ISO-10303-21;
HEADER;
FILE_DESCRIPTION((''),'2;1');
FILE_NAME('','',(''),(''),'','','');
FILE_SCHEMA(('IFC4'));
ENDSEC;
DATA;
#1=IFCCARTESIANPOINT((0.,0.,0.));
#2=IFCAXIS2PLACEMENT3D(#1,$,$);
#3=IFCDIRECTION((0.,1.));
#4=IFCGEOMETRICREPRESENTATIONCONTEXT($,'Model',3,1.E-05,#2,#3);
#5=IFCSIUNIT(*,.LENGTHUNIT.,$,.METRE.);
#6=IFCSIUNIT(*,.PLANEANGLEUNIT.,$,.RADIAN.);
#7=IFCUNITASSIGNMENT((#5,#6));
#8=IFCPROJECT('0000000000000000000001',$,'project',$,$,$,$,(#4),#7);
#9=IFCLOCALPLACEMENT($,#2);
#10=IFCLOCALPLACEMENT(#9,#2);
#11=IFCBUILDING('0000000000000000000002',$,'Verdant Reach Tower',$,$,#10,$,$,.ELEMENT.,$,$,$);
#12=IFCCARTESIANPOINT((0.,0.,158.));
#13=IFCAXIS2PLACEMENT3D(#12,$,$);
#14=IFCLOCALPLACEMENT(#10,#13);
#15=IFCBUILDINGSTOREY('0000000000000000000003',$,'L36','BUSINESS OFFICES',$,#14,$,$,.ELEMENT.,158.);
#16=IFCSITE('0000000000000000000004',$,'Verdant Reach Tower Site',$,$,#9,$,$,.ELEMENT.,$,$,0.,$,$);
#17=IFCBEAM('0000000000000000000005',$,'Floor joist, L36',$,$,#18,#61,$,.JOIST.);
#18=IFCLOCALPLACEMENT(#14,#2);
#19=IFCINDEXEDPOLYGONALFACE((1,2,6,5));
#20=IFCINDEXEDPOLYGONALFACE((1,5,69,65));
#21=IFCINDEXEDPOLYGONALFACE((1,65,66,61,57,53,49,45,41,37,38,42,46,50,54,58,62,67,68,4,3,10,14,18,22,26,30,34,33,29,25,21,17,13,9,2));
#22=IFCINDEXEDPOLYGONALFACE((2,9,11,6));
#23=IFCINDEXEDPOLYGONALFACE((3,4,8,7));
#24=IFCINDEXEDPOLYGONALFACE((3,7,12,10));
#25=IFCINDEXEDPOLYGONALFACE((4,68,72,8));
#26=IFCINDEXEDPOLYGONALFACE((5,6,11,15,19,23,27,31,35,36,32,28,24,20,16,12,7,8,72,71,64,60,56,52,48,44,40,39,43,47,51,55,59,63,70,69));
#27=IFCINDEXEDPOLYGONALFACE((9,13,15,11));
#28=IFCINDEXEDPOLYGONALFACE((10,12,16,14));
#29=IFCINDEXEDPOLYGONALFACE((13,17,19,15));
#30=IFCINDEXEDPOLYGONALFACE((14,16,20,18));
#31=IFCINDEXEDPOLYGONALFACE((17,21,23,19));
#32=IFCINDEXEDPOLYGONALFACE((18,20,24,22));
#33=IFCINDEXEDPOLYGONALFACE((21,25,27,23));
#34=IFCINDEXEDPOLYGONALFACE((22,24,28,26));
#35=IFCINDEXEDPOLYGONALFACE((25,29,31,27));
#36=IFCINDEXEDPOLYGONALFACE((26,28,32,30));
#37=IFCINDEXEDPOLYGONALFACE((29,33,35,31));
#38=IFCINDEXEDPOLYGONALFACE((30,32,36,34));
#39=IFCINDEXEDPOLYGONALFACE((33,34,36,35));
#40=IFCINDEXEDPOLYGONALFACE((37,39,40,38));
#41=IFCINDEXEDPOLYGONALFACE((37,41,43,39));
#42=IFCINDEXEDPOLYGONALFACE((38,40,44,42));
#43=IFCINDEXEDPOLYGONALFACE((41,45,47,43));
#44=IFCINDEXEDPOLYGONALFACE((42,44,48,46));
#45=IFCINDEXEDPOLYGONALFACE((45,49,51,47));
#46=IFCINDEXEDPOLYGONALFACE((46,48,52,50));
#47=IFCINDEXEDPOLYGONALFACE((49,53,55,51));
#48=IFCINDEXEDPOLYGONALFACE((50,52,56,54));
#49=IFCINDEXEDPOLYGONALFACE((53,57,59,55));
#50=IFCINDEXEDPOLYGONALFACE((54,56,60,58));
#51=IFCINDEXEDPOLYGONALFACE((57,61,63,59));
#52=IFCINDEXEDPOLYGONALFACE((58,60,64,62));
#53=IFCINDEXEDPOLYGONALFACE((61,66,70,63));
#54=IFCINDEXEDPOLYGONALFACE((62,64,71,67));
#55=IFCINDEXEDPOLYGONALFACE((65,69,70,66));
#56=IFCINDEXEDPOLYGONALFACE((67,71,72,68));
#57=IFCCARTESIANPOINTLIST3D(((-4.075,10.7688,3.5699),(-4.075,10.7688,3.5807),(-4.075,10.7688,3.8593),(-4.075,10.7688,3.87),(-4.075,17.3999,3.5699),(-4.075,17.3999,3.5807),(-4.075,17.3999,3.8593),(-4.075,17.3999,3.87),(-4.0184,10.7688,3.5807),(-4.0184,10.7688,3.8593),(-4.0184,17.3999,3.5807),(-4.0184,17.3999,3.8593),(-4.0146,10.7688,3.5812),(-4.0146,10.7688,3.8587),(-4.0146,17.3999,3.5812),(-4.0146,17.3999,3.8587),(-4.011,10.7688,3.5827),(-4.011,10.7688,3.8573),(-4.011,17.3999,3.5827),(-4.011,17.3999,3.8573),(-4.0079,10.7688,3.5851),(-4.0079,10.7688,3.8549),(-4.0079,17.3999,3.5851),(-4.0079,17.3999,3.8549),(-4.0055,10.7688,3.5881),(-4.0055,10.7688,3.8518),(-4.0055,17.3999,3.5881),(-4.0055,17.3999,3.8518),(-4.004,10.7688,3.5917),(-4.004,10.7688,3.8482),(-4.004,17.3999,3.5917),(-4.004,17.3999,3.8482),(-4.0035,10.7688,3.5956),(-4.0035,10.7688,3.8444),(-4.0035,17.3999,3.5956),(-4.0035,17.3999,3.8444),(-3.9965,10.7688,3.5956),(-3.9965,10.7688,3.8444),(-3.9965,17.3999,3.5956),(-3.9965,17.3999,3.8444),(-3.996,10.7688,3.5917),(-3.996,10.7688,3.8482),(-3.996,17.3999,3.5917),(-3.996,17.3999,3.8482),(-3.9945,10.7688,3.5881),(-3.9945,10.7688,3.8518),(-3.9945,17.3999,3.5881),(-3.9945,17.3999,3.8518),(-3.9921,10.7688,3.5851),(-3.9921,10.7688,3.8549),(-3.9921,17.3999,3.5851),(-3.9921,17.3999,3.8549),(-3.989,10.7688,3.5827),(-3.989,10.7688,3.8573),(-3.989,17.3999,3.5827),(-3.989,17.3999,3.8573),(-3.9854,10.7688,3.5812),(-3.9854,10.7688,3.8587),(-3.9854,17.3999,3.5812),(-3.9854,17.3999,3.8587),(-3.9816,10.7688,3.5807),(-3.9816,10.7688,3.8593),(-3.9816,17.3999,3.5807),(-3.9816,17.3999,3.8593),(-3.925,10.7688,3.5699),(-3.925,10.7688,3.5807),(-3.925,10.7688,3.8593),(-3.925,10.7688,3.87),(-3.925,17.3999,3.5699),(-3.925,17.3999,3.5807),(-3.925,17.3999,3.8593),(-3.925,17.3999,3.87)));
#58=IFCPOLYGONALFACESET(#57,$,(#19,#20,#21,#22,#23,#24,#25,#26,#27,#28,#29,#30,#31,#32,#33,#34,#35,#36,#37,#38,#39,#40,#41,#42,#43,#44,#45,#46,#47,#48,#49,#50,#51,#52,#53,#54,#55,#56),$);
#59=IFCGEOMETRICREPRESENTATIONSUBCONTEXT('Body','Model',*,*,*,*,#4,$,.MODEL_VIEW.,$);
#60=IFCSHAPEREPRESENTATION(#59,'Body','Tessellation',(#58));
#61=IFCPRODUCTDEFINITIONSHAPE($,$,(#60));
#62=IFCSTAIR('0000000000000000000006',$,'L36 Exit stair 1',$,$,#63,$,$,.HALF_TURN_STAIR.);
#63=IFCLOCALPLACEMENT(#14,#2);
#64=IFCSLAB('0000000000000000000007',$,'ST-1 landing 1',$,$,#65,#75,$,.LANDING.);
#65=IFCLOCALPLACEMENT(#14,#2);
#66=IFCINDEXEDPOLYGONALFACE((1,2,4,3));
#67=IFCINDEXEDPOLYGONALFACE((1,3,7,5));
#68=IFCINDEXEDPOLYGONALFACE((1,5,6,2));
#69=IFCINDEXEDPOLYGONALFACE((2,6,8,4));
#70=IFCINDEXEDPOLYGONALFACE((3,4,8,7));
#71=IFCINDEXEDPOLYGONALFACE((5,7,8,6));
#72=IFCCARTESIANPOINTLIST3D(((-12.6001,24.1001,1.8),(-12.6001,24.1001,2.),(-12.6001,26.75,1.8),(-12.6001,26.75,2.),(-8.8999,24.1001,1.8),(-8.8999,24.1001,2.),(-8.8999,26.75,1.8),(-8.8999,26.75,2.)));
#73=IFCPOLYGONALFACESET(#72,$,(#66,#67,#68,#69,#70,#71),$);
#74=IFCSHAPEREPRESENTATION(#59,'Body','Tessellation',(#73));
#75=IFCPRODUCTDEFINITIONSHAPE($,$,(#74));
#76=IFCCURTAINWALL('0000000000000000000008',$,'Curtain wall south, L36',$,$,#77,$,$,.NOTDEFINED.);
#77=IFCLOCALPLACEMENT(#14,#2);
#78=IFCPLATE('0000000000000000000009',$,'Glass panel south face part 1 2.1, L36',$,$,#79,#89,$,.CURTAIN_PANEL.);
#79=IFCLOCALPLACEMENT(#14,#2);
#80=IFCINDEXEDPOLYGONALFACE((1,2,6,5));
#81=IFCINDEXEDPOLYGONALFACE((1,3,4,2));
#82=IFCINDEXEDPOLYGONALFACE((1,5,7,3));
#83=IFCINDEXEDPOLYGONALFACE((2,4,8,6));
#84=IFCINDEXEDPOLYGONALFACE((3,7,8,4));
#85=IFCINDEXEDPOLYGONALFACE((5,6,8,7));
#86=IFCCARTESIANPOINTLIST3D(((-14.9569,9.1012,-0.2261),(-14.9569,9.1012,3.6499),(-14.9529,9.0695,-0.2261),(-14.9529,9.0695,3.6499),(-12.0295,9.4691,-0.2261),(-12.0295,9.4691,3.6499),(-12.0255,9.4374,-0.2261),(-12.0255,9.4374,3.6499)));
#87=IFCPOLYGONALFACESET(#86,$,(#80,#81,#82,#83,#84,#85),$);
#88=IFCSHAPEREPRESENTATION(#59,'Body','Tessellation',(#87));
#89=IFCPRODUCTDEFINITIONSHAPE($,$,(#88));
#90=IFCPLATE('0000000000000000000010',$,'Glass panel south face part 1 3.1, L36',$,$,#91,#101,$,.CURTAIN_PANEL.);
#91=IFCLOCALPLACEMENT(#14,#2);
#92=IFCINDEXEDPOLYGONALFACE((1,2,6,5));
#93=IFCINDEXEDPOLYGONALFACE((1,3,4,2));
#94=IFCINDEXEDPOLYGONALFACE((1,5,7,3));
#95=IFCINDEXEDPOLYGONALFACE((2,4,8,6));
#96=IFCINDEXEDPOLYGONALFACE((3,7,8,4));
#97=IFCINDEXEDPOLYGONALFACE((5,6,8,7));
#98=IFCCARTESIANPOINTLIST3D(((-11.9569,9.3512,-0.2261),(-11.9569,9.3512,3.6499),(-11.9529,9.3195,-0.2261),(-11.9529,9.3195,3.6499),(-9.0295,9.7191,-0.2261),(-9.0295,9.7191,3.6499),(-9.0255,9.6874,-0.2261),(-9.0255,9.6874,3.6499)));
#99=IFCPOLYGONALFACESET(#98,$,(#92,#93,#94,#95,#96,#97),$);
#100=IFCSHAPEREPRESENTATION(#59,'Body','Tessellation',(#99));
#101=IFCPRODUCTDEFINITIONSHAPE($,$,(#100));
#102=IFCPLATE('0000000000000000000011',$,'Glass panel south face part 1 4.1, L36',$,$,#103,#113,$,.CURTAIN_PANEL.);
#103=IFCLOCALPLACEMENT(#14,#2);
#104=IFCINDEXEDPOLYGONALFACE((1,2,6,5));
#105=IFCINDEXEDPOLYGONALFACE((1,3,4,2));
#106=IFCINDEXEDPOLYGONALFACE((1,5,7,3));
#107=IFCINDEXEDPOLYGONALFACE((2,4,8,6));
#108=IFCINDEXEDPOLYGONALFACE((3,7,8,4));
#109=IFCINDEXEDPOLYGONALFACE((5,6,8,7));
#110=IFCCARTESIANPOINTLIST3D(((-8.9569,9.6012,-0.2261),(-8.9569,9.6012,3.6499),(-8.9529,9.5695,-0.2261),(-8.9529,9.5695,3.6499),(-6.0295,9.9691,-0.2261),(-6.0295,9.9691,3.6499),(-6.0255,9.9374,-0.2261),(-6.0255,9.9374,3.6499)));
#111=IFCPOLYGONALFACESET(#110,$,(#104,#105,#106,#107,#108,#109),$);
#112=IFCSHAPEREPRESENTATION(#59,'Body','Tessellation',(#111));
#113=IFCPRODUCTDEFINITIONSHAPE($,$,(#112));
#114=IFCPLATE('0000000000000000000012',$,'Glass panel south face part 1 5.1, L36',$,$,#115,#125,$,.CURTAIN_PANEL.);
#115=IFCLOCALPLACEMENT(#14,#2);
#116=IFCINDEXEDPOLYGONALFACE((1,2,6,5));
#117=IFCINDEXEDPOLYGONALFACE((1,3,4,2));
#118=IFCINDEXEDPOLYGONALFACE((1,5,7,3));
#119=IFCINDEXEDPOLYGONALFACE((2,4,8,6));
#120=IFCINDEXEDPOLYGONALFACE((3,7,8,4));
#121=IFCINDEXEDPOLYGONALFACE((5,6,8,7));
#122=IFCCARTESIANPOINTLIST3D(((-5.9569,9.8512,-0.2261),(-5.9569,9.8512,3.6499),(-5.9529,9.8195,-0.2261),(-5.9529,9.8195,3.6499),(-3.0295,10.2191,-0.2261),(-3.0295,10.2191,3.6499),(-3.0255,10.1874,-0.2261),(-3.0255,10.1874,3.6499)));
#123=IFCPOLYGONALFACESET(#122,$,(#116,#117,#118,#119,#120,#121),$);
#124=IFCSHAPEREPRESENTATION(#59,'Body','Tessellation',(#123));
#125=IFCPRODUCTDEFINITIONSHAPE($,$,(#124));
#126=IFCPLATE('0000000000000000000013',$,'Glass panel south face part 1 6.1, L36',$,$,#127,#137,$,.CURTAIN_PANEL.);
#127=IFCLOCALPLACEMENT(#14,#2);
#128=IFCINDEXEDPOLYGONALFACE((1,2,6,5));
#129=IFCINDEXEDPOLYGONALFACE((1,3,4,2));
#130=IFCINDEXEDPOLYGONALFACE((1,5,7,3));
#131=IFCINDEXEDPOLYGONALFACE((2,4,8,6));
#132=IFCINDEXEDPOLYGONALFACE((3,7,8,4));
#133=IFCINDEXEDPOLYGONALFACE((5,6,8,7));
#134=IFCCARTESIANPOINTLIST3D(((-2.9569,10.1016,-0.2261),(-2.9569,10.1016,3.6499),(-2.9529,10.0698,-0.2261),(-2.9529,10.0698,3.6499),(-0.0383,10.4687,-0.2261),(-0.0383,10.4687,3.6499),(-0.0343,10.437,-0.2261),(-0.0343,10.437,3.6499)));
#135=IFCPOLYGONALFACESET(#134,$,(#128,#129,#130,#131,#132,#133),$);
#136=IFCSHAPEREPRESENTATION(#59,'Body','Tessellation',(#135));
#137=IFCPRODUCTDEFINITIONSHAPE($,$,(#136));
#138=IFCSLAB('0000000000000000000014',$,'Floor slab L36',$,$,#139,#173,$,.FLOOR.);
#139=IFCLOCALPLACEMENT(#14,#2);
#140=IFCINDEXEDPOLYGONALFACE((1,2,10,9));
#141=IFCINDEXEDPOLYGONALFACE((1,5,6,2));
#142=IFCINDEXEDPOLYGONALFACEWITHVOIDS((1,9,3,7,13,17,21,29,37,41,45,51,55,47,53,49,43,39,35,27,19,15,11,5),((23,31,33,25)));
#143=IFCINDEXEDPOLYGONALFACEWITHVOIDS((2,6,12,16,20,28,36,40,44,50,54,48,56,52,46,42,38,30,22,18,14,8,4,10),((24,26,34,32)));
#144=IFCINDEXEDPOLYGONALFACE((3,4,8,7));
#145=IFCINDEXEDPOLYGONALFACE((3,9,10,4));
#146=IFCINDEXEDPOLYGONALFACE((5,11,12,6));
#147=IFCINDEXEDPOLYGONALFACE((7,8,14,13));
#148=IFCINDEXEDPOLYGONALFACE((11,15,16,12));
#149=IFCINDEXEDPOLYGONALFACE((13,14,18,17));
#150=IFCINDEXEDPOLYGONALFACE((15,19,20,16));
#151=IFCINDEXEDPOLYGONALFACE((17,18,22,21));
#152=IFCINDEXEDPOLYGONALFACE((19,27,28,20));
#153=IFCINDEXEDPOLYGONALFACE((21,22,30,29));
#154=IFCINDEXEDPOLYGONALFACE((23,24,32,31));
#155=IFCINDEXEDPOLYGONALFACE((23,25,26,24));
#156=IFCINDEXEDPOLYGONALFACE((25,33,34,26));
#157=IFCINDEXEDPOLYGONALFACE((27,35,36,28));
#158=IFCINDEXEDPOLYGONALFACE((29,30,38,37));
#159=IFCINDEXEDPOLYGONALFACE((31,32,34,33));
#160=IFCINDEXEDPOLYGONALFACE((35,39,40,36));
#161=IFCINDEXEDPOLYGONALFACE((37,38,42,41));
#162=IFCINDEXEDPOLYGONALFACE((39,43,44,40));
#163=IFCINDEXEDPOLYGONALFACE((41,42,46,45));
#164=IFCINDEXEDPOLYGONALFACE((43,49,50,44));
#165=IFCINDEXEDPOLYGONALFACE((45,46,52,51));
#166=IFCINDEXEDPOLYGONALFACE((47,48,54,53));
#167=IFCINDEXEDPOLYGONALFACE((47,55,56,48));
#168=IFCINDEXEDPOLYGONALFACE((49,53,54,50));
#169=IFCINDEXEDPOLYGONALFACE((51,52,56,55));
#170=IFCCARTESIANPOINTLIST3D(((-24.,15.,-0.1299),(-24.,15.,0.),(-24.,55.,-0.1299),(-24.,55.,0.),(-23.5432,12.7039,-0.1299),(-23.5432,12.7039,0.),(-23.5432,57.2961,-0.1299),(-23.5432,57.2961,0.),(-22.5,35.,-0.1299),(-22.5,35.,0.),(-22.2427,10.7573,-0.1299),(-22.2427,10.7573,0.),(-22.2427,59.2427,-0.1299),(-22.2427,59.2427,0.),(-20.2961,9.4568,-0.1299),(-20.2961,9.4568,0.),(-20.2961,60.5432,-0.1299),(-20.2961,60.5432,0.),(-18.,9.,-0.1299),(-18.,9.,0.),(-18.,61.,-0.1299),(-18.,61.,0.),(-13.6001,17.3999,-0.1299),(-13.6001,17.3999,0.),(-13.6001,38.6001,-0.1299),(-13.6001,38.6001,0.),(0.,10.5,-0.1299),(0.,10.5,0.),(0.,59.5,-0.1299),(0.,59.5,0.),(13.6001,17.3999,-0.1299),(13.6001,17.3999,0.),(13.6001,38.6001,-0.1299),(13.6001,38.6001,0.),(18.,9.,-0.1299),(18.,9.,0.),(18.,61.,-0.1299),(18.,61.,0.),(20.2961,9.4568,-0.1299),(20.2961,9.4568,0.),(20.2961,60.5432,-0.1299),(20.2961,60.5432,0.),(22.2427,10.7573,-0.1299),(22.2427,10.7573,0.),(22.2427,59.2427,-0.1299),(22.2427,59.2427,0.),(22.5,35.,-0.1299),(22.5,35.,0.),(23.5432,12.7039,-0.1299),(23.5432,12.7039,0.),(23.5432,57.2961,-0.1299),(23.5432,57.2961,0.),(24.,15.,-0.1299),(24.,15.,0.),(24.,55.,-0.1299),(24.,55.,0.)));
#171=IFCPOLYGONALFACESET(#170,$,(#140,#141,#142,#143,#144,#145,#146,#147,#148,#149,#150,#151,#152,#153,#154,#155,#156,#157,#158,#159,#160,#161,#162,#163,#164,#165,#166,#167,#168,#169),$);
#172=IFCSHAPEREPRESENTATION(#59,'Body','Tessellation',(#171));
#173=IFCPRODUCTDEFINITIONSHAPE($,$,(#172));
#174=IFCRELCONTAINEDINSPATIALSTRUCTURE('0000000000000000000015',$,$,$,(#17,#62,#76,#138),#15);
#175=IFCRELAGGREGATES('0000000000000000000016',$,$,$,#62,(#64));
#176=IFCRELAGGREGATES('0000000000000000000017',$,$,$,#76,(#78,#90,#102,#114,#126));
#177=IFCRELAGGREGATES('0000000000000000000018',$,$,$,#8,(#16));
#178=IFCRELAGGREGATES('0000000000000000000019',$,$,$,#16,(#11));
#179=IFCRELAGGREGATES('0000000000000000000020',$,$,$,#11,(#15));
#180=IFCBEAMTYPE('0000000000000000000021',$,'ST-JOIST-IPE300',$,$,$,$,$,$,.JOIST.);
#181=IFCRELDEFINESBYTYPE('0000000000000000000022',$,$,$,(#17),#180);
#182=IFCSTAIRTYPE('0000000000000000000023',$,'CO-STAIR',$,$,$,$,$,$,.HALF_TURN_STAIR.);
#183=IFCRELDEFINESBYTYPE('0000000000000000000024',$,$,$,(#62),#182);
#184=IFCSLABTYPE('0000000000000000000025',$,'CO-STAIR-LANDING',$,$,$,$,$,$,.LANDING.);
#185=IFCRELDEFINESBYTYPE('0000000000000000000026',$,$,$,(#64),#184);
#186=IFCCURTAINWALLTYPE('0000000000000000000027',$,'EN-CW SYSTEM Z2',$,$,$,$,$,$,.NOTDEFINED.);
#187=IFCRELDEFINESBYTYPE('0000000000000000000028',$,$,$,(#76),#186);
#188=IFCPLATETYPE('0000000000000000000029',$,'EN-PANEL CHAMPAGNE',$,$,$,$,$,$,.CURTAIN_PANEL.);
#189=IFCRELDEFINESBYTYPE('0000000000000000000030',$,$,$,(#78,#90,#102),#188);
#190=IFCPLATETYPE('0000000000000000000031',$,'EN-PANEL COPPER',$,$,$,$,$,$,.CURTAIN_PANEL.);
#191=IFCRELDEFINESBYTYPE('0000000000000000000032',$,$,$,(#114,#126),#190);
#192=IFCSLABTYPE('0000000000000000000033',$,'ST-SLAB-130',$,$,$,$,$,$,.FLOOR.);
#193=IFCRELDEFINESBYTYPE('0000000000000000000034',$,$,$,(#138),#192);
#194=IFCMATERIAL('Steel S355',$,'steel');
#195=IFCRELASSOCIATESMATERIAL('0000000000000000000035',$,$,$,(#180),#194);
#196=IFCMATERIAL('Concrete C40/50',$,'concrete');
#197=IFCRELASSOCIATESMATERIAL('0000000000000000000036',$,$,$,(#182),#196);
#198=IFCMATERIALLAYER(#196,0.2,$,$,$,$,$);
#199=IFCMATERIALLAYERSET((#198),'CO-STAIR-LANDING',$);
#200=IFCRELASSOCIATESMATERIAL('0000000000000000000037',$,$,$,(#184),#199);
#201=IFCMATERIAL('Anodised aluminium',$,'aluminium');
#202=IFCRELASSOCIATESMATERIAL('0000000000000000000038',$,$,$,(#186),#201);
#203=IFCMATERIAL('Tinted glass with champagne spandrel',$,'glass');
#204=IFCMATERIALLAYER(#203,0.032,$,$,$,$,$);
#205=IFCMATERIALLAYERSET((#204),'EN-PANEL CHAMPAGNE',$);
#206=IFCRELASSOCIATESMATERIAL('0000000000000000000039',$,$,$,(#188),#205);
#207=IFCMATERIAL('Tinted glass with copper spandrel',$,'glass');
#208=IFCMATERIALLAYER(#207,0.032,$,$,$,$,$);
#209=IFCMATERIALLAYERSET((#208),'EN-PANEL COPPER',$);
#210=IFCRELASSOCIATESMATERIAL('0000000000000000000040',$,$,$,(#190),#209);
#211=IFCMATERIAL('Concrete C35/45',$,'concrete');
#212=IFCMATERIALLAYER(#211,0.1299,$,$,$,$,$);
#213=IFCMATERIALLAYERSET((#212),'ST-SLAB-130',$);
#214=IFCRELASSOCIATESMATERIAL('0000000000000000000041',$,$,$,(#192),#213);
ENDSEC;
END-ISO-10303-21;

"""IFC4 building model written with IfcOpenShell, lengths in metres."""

from ifc_helpers import new_model, si_unit, direction, frame, origin, origin_2d, place, context, subcontext, project, spatial, polyline, rectangle, i_section, outline, extrude, material, layer, layer_set, material_profile, profile_set, type_object, element, aggregate, save


model = new_model("IFC4")

# Units and contexts
model_context = context("Model", 3, precision=1e-05, world=origin(), true_north=direction((0.0, 1.0)))
body_context = subcontext(model_context, "Body", "Model", "MODEL_VIEW")
ifc_project = project(units=[si_unit("LENGTHUNIT", "METRE"), si_unit("PLANEANGLEUNIT", "RADIAN")], contexts=[model_context])

# Site, building, storey
site_placement = place(None, origin())
site = spatial("IfcSite", under=ifc_project, at=site_placement, Name="Verdant Reach Tower Site", CompositionType="ELEMENT", RefElevation=0.0)
building_placement = place(site_placement, origin())
building = spatial("IfcBuilding", under=site, at=building_placement, Name="Verdant Reach Tower", CompositionType="ELEMENT")
storey_placement = place(building_placement, frame((0.0, 0.0, 158.0)))
storey = spatial("IfcBuildingStorey", under=building, at=storey_placement, Name="L36", Description="BUSINESS OFFICES", CompositionType="ELEMENT", Elevation=158.0)

# Beam
ifc_material_1 = material(Name="Steel S355", Category="steel")
ifc_material_profile_1 = material_profile(ifc_material_1, i_section(OverallWidth=0.1499, OverallDepth=0.3, WebThickness=0.0071, FlangeThickness=0.0107, FilletRadius=0.0149, at=origin_2d()), Name="IPE 300")
ifc_profile_set_1 = profile_set([ifc_material_profile_1], Name="Steel S355")
beam_type_1 = type_object("IfcBeamType", Name="ST-JOIST-IPE300", PredefinedType="JOIST", material=ifc_profile_set_1)
beam_1_placement = place(storey_placement, frame((-4.0, 17.3999, 3.72), z_axis=(0.0, -1.0, 0.0), x_axis=(1.0, 0.0, 0.0)))
element("IfcBeam", 1, at=beam_1_placement, inside=storey, type_object=beam_type_1, Name="Floor joist, L36", PredefinedType="JOIST", context=body_context, shape_type="SweptSolid", body=[
    extrude(i_section(OverallWidth=0.1499, OverallDepth=0.3, WebThickness=0.0071, FlangeThickness=0.0107, FilletRadius=0.0149, at=origin_2d()), origin(), (0.0, 0.0, 1.0), 6.6311),
])

# Stair, slab
ifc_material_2 = material(Name="Concrete C40/50", Category="concrete")
stair_type = type_object("IfcStairType", Name="CO-STAIR", PredefinedType="HALF_TURN_STAIR", material=ifc_material_2)
stair_placement = place(storey_placement, origin())
stair = element("IfcStair", 2, at=stair_placement, inside=storey, type_object=stair_type, Name="L36 Exit stair 1", PredefinedType="HALF_TURN_STAIR")
ifc_layer_1 = layer(ifc_material_2, 0.2)
ifc_layer_set_1 = layer_set([ifc_layer_1], Name="CO-STAIR-LANDING")
slab_type_1 = type_object("IfcSlabType", Name="CO-STAIR-LANDING", PredefinedType="LANDING", material=ifc_layer_set_1)
slab_1_placement = place(storey_placement, frame((0.0, 0.0, 1.8)))
slab_1 = element("IfcSlab", 3, at=slab_1_placement, type_object=slab_type_1, Name="ST-1 landing 1", PredefinedType="LANDING", context=body_context, shape_type="SweptSolid", body=[
    extrude(outline(polyline([(-12.6001, 26.75), (-12.6001, 24.1001), (-8.8999, 24.1001), (-8.8999, 26.75), (-12.6001, 26.75)])), origin(), (0.0, 0.0, 1.0), 0.2),
])
aggregate(stair, [slab_1])

# Curtain wall, plates
ifc_material_3 = material(Name="Anodised aluminium", Category="aluminium")
curtain_wall_type = type_object("IfcCurtainWallType", Name="EN-CW SYSTEM Z2", PredefinedType="NOTDEFINED", material=ifc_material_3)
curtain_wall_placement = place(storey_placement, origin())
curtain_wall = element("IfcCurtainWall", 4, at=curtain_wall_placement, inside=storey, type_object=curtain_wall_type, Name="Curtain wall south, L36", PredefinedType="NOTDEFINED")
ifc_material_4 = material(Name="Tinted glass with champagne spandrel", Category="glass")
ifc_layer_2 = layer(ifc_material_4, 0.032)
ifc_layer_set_2 = layer_set([ifc_layer_2], Name="EN-PANEL CHAMPAGNE")
plate_type_1 = type_object("IfcPlateType", Name="EN-PANEL CHAMPAGNE", PredefinedType="CURTAIN_PANEL", material=ifc_layer_set_2)
plate_1_placement = place(storey_placement, frame((-13.4912, 9.2693, -0.2261), z_axis=(0.0, 0.0, 1.0), x_axis=(0.992194, 0.124704, 0.0)))
plate_1 = element("IfcPlate", 5, at=plate_1_placement, type_object=plate_type_1, Name="Glass panel south face part 1 2.1, L36", PredefinedType="CURTAIN_PANEL", context=body_context, shape_type="SweptSolid", body=[
    extrude(rectangle(XDim=2.9504, YDim=0.032, at=origin_2d()), origin(), (0.0, 0.0, 1.0), 3.876),
])
plate_2_placement = place(storey_placement, frame((-10.4912, 9.5193, -0.2261), z_axis=(0.0, 0.0, 1.0), x_axis=(0.992194, 0.124704, 0.0)))
plate_2 = element("IfcPlate", 6, at=plate_2_placement, type_object=plate_type_1, Name="Glass panel south face part 1 3.1, L36", PredefinedType="CURTAIN_PANEL", context=body_context, shape_type="SweptSolid", body=[
    extrude(rectangle(XDim=2.9504, YDim=0.032, at=origin_2d()), origin(), (0.0, 0.0, 1.0), 3.876),
])
plate_3_placement = place(storey_placement, frame((-7.4912, 9.7693, -0.2261), z_axis=(0.0, 0.0, 1.0), x_axis=(0.992194, 0.124704, 0.0)))
plate_3 = element("IfcPlate", 7, at=plate_3_placement, type_object=plate_type_1, Name="Glass panel south face part 1 4.1, L36", PredefinedType="CURTAIN_PANEL", context=body_context, shape_type="SweptSolid", body=[
    extrude(rectangle(XDim=2.9504, YDim=0.032, at=origin_2d()), origin(), (0.0, 0.0, 1.0), 3.876),
])
ifc_material_5 = material(Name="Tinted glass with copper spandrel", Category="glass")
ifc_layer_3 = layer(ifc_material_5, 0.032)
ifc_layer_set_3 = layer_set([ifc_layer_3], Name="EN-PANEL COPPER")
plate_type_2 = type_object("IfcPlateType", Name="EN-PANEL COPPER", PredefinedType="CURTAIN_PANEL", material=ifc_layer_set_3)
plate_4_placement = place(storey_placement, frame((-4.4912, 10.0193, -0.2261), z_axis=(0.0, 0.0, 1.0), x_axis=(0.992194, 0.124704, 0.0)))
plate_4 = element("IfcPlate", 8, at=plate_4_placement, type_object=plate_type_2, Name="Glass panel south face part 1 5.1, L36", PredefinedType="CURTAIN_PANEL", context=body_context, shape_type="SweptSolid", body=[
    extrude(rectangle(XDim=2.9504, YDim=0.032, at=origin_2d()), origin(), (0.0, 0.0, 1.0), 3.876),
])
plate_5_placement = place(storey_placement, frame((-1.4956, 10.2693, -0.2261), z_axis=(0.0, 0.0, 1.0), x_axis=(0.992179, 0.124825, 0.0)))
plate_5 = element("IfcPlate", 9, at=plate_5_placement, type_object=plate_type_2, Name="Glass panel south face part 1 6.1, L36", PredefinedType="CURTAIN_PANEL", context=body_context, shape_type="SweptSolid", body=[
    extrude(rectangle(XDim=2.9417, YDim=0.032, at=origin_2d()), origin(), (0.0, 0.0, 1.0), 3.876),
])
aggregate(curtain_wall, [plate_1, plate_2, plate_3, plate_4, plate_5])

# Slab
ifc_material_6 = material(Name="Concrete C35/45", Category="concrete")
ifc_layer_4 = layer(ifc_material_6, 0.1299)
ifc_layer_set_4 = layer_set([ifc_layer_4], Name="ST-SLAB-130")
slab_type_2 = type_object("IfcSlabType", Name="ST-SLAB-130", PredefinedType="FLOOR", material=ifc_layer_set_4)
slab_2_placement = place(storey_placement, frame((0.0, 0.0, -0.1299)))
element("IfcSlab", 10, at=slab_2_placement, inside=storey, type_object=slab_type_2, Name="Floor slab L36", PredefinedType="FLOOR", context=body_context, shape_type="SweptSolid", body=[
    extrude(outline(polyline([(0.0, 10.5), (-18.0, 9.0), (-20.2961, 9.4568), (-22.2427, 10.7573), (-23.5432, 12.7039), (-24.0, 15.0), (-22.5, 35.0), (-24.0, 55.0), (-23.5432, 57.2961), (-22.2427, 59.2427), (-20.2961, 60.5432), (-18.0, 61.0), (0.0, 59.5), (18.0, 61.0), (20.2961, 60.5432), (22.2427, 59.2427), (23.5432, 57.2961), (24.0, 55.0), (22.5, 35.0), (24.0, 15.0), (23.5432, 12.7039), (22.2427, 10.7573), (20.2961, 9.4568), (18.0, 9.0), (0.0, 10.5)]), holes=[polyline([(13.6001, 38.6001), (-13.6001, 38.6001), (-13.6001, 17.3999), (13.6001, 17.3999), (13.6001, 38.6001)])]), origin(), (0.0, 0.0, 1.0), 0.1299),
])

save(model, "model.ifc")
